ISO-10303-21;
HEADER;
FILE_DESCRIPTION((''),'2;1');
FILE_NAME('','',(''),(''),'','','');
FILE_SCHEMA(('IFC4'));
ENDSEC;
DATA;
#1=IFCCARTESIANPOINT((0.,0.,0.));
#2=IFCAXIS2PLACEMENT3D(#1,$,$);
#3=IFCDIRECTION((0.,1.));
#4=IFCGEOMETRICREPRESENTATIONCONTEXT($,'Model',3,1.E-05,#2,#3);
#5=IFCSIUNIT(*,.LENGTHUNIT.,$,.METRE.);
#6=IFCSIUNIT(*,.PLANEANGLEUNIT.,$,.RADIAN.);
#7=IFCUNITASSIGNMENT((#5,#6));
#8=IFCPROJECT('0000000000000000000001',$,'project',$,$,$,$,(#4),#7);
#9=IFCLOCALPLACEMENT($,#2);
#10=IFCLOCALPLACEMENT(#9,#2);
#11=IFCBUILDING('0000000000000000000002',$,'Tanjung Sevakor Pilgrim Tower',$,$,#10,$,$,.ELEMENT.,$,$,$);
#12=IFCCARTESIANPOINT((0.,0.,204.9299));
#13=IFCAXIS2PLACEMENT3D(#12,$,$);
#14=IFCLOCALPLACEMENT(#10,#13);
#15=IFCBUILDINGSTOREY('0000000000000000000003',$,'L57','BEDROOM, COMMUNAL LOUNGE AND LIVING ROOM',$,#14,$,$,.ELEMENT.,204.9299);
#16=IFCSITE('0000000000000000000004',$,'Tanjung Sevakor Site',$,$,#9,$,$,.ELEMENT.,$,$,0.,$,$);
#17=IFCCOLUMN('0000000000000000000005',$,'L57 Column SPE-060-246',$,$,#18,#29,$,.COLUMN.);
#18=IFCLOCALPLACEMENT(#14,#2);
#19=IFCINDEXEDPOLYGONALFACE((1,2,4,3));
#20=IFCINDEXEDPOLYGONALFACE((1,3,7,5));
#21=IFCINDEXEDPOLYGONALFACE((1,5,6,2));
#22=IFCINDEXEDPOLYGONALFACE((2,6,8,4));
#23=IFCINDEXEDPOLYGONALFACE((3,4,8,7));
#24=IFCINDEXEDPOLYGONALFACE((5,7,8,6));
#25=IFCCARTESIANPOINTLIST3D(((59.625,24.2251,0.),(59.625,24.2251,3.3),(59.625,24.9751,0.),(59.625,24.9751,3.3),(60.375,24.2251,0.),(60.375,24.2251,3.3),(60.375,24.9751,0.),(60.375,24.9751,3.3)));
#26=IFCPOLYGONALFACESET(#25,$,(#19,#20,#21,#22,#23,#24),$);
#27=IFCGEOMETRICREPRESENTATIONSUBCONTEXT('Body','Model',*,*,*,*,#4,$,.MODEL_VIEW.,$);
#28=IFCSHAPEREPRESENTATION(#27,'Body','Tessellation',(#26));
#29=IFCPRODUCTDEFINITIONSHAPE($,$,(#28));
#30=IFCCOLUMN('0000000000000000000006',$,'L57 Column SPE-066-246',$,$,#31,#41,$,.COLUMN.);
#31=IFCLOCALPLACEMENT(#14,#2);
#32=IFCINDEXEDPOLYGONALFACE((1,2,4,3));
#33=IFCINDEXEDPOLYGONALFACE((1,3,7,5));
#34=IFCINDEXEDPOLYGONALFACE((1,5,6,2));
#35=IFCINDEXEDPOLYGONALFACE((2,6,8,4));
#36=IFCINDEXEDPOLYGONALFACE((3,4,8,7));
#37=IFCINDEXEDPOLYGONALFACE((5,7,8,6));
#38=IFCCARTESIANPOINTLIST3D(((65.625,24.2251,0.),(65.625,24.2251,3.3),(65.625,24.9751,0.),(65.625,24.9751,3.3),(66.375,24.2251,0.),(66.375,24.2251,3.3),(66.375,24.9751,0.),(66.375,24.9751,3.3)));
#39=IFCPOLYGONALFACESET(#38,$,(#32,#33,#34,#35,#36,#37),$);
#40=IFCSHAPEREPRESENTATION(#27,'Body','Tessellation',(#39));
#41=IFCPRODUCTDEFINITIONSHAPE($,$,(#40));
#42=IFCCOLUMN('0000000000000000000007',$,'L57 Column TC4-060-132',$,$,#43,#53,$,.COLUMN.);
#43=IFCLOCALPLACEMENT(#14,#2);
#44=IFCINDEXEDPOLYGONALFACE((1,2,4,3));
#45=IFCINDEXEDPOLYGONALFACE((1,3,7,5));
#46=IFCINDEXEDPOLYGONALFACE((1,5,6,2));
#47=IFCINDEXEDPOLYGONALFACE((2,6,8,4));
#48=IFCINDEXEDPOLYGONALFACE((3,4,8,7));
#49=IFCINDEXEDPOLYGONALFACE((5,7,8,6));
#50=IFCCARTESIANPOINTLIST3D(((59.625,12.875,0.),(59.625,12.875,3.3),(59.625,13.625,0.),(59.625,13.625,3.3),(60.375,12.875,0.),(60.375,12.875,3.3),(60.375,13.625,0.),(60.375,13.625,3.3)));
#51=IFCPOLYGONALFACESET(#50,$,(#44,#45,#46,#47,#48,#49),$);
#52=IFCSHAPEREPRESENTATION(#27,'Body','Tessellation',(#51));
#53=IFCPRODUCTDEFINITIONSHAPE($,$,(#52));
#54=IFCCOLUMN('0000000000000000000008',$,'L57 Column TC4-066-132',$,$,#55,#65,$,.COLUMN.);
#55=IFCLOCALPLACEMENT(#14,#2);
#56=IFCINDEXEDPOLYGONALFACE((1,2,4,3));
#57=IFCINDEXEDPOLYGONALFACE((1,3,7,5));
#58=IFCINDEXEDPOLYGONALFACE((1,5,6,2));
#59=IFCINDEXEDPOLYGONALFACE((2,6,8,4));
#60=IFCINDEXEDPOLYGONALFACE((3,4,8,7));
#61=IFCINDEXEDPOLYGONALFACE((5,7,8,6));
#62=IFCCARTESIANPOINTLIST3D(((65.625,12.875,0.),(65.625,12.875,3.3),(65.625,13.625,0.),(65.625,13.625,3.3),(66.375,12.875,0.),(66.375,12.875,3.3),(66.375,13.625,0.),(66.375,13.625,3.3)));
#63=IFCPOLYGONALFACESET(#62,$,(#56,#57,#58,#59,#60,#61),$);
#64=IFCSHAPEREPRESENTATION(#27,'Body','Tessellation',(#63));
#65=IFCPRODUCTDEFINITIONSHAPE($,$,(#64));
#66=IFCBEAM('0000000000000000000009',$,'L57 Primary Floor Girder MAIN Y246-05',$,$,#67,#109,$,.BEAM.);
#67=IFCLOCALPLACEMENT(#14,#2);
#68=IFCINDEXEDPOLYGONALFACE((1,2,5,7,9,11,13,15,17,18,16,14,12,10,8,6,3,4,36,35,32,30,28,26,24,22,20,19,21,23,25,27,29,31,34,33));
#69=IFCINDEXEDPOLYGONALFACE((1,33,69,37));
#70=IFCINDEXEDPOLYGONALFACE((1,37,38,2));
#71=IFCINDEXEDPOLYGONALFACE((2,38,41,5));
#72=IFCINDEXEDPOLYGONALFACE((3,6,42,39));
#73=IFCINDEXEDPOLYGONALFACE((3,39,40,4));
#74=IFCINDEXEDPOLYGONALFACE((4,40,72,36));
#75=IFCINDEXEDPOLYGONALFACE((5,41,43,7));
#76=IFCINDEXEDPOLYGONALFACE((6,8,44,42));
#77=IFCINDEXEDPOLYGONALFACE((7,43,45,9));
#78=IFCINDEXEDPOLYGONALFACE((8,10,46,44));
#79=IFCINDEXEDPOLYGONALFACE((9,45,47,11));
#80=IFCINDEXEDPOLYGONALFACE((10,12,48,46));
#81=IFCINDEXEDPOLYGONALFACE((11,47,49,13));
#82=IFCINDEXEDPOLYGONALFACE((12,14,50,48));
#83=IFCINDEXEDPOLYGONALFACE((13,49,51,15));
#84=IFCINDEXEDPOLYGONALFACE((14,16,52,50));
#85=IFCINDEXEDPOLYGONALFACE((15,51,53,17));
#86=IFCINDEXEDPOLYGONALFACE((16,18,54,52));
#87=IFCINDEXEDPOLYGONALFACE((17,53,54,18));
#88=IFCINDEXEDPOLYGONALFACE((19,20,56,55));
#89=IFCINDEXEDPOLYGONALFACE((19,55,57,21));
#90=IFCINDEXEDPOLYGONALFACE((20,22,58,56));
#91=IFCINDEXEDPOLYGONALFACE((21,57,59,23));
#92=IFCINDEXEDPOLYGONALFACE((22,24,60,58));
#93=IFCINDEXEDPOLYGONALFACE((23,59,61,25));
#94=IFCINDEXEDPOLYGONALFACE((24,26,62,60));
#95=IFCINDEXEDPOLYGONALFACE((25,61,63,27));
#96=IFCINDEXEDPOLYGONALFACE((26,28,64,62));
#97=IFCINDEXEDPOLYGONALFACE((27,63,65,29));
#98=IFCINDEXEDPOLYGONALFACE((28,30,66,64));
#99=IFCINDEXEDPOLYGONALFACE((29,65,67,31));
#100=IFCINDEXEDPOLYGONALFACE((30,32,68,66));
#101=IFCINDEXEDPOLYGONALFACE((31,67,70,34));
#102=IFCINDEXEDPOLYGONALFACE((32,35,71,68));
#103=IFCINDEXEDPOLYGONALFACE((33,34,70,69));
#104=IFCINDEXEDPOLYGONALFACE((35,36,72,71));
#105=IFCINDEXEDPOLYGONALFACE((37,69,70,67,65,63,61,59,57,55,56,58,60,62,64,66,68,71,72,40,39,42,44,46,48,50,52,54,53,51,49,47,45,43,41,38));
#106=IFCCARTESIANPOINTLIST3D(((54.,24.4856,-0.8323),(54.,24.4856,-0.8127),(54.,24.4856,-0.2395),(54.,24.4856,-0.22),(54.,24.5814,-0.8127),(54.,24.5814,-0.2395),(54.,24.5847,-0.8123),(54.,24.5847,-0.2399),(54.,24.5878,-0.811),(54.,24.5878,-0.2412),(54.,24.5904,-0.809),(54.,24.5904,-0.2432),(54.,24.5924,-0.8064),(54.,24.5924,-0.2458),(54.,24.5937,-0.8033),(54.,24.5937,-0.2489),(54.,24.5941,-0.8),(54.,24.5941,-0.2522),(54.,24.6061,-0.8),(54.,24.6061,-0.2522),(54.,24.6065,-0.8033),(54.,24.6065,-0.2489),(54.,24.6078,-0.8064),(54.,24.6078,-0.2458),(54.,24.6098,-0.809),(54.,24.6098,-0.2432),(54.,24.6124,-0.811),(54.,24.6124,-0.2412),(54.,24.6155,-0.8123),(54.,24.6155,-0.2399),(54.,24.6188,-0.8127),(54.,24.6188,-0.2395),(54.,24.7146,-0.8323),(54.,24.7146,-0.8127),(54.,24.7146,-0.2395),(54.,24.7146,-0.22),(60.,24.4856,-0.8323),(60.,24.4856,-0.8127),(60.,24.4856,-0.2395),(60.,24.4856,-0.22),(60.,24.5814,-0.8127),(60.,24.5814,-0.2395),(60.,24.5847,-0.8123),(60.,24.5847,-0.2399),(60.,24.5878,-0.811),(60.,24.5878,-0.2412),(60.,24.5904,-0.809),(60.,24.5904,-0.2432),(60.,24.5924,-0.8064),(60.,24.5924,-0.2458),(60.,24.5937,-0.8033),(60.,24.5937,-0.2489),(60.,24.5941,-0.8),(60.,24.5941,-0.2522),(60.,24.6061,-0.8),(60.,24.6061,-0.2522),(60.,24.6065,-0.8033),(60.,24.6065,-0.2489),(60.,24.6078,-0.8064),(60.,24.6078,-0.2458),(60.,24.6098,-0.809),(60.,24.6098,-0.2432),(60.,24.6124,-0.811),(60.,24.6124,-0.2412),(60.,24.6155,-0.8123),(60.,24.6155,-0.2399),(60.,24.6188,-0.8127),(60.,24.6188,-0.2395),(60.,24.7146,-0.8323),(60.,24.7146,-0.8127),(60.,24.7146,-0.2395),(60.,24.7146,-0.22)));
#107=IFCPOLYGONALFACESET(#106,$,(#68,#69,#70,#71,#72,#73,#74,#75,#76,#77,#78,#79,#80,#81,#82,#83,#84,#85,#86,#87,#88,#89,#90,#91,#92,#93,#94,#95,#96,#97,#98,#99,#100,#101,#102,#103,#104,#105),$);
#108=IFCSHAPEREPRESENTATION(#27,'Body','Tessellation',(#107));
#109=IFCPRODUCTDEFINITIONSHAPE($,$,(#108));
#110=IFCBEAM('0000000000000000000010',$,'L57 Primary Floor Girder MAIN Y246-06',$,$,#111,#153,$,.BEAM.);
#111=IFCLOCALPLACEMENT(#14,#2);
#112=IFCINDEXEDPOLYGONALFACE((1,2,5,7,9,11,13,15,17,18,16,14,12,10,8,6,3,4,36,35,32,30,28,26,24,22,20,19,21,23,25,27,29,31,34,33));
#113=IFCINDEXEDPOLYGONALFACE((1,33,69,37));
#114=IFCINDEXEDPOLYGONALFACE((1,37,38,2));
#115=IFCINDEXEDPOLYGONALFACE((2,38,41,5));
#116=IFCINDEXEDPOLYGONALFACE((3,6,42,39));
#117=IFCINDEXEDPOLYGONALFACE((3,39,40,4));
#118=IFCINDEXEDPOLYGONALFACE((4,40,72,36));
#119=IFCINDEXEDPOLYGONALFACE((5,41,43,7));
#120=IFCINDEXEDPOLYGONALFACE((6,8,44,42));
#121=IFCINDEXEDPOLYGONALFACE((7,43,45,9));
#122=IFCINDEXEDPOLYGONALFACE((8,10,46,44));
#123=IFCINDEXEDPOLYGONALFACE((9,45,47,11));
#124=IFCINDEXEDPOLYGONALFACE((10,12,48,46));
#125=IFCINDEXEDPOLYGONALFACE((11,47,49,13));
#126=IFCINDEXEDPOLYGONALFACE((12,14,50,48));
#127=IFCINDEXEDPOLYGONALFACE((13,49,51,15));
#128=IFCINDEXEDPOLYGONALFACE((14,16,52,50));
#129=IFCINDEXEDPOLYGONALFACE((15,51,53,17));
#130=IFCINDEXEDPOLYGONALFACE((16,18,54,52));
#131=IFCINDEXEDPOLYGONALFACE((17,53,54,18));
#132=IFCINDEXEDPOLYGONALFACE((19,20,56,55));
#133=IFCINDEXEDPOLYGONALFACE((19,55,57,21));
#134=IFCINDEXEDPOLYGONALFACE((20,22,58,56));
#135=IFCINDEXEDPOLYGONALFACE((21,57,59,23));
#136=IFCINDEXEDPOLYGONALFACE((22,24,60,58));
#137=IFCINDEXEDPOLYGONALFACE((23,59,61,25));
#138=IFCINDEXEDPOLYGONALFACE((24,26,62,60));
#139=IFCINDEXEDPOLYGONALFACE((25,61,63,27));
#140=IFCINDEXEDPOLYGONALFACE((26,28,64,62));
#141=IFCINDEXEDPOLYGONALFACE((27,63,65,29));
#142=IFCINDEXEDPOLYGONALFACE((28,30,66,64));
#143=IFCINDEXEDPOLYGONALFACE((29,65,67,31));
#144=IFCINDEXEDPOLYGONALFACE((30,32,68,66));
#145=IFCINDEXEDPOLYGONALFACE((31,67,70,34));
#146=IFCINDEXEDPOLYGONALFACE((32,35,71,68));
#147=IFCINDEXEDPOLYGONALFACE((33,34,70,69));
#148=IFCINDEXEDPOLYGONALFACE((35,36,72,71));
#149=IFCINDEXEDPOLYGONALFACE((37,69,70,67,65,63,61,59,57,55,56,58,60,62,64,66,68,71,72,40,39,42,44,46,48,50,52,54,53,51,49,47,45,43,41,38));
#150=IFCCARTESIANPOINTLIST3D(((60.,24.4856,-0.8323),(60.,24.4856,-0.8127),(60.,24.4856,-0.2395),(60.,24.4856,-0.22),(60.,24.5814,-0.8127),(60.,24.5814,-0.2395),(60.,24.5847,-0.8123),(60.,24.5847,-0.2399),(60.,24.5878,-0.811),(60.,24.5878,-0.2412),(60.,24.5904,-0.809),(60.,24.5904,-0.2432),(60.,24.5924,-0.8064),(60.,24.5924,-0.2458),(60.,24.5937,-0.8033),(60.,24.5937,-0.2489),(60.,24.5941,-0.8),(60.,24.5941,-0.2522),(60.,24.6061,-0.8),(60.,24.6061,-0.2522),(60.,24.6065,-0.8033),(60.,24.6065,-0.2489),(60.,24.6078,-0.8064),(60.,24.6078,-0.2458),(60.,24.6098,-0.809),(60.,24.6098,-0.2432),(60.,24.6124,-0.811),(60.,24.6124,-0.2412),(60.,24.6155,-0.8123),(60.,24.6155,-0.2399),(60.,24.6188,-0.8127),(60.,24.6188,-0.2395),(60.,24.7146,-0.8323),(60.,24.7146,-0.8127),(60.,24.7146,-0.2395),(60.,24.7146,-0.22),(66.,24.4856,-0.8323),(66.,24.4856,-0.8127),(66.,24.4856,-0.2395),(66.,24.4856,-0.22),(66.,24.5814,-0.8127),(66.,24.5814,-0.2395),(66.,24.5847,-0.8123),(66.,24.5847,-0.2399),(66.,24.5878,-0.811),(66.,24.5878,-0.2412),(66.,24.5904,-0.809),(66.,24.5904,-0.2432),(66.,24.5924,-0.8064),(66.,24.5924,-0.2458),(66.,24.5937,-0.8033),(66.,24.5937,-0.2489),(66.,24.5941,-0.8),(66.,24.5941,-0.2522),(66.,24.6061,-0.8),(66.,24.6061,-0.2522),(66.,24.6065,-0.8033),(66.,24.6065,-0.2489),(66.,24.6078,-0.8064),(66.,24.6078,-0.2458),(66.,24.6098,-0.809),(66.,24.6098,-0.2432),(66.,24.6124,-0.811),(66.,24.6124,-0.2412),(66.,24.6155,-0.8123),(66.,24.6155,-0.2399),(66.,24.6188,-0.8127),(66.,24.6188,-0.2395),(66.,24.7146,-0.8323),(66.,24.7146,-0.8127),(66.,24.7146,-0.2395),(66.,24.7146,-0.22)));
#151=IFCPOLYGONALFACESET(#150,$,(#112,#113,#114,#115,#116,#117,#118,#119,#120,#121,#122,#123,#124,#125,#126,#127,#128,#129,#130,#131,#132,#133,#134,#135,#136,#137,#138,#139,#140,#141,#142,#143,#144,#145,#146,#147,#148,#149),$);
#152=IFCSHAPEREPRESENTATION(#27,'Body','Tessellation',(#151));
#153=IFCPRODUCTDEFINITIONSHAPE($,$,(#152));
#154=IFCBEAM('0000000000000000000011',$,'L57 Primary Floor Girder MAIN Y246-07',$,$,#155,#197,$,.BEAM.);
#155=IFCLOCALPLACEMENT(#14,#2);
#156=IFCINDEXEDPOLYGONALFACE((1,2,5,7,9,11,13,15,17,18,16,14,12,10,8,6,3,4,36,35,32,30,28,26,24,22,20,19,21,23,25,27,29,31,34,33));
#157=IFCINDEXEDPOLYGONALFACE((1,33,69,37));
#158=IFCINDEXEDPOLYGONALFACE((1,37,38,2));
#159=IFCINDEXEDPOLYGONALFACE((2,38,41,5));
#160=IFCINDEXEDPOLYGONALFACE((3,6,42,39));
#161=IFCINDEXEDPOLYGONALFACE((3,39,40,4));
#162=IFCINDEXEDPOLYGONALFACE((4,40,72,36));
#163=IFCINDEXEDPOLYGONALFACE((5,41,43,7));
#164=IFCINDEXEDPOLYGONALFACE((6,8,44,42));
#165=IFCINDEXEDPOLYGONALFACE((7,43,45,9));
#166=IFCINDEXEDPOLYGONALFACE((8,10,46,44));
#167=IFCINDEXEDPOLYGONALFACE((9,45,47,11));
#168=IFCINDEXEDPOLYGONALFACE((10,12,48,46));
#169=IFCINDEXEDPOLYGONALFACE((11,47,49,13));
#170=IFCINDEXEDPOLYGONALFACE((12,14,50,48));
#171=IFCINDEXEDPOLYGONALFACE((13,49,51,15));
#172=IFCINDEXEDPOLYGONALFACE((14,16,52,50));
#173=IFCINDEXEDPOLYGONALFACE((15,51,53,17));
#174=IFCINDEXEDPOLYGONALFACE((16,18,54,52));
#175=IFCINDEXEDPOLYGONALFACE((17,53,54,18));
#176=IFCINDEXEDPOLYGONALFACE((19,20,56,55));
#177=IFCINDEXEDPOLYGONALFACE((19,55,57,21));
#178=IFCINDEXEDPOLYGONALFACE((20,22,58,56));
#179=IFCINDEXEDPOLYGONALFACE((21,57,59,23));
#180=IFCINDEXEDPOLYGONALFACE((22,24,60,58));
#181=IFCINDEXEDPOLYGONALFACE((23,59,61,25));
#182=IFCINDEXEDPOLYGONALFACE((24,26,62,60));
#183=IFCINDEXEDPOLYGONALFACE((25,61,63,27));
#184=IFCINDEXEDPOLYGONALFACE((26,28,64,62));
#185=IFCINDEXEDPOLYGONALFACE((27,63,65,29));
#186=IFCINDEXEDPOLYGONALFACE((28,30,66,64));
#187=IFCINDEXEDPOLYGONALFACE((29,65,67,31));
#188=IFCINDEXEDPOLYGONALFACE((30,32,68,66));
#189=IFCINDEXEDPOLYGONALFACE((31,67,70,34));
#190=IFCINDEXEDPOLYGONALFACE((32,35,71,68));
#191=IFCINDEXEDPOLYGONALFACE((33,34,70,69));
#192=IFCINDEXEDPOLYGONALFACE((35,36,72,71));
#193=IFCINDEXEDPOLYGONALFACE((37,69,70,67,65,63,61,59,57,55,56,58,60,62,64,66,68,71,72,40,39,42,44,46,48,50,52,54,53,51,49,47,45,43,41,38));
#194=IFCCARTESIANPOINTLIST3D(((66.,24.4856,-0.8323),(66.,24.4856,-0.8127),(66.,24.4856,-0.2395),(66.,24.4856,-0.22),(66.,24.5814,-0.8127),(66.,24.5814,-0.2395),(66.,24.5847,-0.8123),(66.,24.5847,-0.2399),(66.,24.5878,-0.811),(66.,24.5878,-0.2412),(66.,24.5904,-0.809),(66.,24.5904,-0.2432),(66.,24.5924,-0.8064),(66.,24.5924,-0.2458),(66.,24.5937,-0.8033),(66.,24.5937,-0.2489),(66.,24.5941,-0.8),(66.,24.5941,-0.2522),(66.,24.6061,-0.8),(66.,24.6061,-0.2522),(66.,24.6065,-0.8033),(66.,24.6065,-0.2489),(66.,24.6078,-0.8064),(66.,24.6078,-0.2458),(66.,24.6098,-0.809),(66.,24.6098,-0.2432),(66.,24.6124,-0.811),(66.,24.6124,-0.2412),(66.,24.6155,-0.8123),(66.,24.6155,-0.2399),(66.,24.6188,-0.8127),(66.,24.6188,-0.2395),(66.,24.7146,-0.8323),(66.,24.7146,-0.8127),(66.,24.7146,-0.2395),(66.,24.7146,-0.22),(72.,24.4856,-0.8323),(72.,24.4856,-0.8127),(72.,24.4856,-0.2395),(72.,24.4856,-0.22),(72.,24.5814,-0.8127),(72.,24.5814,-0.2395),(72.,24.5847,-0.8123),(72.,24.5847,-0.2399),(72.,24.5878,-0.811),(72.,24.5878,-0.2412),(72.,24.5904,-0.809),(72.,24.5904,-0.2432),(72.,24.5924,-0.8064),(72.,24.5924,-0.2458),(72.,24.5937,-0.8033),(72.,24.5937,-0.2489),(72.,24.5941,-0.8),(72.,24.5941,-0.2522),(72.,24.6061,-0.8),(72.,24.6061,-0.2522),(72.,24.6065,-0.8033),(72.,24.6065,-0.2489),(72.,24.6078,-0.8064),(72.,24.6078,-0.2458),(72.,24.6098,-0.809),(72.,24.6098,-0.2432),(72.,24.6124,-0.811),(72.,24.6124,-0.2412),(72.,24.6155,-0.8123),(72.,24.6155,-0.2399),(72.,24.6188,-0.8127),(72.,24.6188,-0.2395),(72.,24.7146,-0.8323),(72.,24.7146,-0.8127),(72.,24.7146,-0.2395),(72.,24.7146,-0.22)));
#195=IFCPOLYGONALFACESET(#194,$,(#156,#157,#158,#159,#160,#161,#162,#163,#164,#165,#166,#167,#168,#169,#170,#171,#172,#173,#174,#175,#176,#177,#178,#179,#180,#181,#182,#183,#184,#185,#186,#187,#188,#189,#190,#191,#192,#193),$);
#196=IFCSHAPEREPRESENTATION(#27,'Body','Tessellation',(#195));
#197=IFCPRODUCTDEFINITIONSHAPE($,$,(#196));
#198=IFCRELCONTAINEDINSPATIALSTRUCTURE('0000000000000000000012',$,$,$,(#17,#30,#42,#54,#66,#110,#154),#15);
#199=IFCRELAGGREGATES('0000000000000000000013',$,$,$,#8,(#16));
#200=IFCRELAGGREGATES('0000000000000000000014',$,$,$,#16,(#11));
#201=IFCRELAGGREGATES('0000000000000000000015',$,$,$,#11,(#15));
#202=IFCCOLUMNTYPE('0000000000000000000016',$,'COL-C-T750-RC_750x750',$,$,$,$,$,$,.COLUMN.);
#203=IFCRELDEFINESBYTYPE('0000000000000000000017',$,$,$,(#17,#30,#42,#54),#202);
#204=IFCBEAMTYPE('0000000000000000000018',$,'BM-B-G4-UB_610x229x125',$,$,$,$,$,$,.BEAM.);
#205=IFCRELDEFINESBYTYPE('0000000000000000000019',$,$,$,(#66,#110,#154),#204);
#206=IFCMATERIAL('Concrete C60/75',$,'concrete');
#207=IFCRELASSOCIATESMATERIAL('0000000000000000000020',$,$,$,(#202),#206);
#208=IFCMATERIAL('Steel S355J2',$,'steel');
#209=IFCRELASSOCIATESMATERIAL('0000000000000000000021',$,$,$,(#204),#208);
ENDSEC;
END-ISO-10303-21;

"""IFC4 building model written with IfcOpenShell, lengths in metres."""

from ifc_helpers import new_model, si_unit, direction, frame, origin, origin_2d, place, context, subcontext, project, spatial, rectangle, i_section, extrude, material, material_profile, profile_set, type_object, element, save


model = new_model("IFC4")

# Units and contexts
model_context = context("Model", 3, precision=1e-05, world=origin(), true_north=direction((0.0, 1.0)))
body_context = subcontext(model_context, "Body", "Model", "MODEL_VIEW")
ifc_project = project(units=[si_unit("LENGTHUNIT", "METRE"), si_unit("PLANEANGLEUNIT", "RADIAN")], contexts=[model_context])

# Site, building, storey
site_placement = place(None, origin())
site = spatial("IfcSite", under=ifc_project, at=site_placement, Name="Tanjung Sevakor Site", CompositionType="ELEMENT", RefElevation=0.0)
building_placement = place(site_placement, origin())
building = spatial("IfcBuilding", under=site, at=building_placement, Name="Tanjung Sevakor Pilgrim Tower", CompositionType="ELEMENT")
storey_placement = place(building_placement, frame((0.0, 0.0, 204.9299)))
storey = spatial("IfcBuildingStorey", under=building, at=storey_placement, Name="L57", Description="BEDROOM, COMMUNAL LOUNGE AND LIVING ROOM", CompositionType="ELEMENT", Elevation=204.9299)

# Columns
ifc_material_1 = material(Name="Concrete C60/75", Category="concrete")
ifc_material_profile_1 = material_profile(ifc_material_1, rectangle(XDim=0.75, YDim=0.75, at=origin_2d()))
ifc_profile_set_1 = profile_set([ifc_material_profile_1], Name="Concrete C60/75")
column_type = type_object("IfcColumnType", Name="COL-C-T750-RC_750x750", PredefinedType="COLUMN", material=ifc_profile_set_1)
for number, where, z_axis, x_axis, name in (
    (1, (60.0, 24.6001, 0.0), (0.0, 0.0, 1.0), (1.0, 0.0, 0.0), "L57 Column SPE-060-246"),
    (2, (66.0, 24.6001, 0.0), (0.0, 0.0, 1.0), (1.0, 0.0, 0.0), "L57 Column SPE-066-246"),
    (3, (60.0, 13.25, 0.0), (0.0, 0.0, 1.0), (1.0, 0.0, 0.0), "L57 Column TC4-060-132"),
    (4, (66.0, 13.25, 0.0), (0.0, 0.0, 1.0), (1.0, 0.0, 0.0), "L57 Column TC4-066-132"),
):
    element("IfcColumn", number, at=place(storey_placement, frame(where, z_axis=z_axis, x_axis=x_axis)), inside=storey, type_object=column_type, Name=name, PredefinedType="COLUMN", context=body_context, shape_type="SweptSolid", body=[
        extrude(rectangle(XDim=0.75, YDim=0.75, at=origin_2d()), origin(), (0.0, 0.0, 1.0), 3.3),
    ])

# Beams
ifc_material_2 = material(Name="Steel S355J2", Category="steel")
ifc_material_profile_2 = material_profile(ifc_material_2, i_section(OverallWidth=0.229, OverallDepth=0.6123, WebThickness=0.012, FlangeThickness=0.0195, FilletRadius=0.0127, at=origin_2d()))
ifc_profile_set_2 = profile_set([ifc_material_profile_2], Name="Steel S355J2")
beam_type_1 = type_object("IfcBeamType", Name="BM-B-G4-UB_610x229x125", PredefinedType="BEAM", material=ifc_profile_set_2)
for number, where, z_axis, x_axis, name in (
    (5, (54.0, 24.6001, -0.5261), (1.0, 0.0, 0.0), (0.0, 1.0, 0.0), "L57 Primary Floor Girder MAIN Y246-05"),
    (6, (60.0, 24.6001, -0.5261), (1.0, 0.0, 0.0), (0.0, 1.0, 0.0), "L57 Primary Floor Girder MAIN Y246-06"),
    (7, (66.0, 24.6001, -0.5261), (1.0, 0.0, 0.0), (0.0, 1.0, 0.0), "L57 Primary Floor Girder MAIN Y246-07"),
):
    element("IfcBeam", number, at=place(storey_placement, frame(where, z_axis=z_axis, x_axis=x_axis)), inside=storey, type_object=beam_type_1, Name=name, PredefinedType="BEAM", context=body_context, shape_type="SweptSolid", body=[
        extrude(i_section(OverallWidth=0.229, OverallDepth=0.6123, WebThickness=0.012, FlangeThickness=0.0195, FilletRadius=0.0127, at=origin_2d()), origin(), (0.0, 0.0, 1.0), 6.0),
    ])

save(model, "model.ifc")
